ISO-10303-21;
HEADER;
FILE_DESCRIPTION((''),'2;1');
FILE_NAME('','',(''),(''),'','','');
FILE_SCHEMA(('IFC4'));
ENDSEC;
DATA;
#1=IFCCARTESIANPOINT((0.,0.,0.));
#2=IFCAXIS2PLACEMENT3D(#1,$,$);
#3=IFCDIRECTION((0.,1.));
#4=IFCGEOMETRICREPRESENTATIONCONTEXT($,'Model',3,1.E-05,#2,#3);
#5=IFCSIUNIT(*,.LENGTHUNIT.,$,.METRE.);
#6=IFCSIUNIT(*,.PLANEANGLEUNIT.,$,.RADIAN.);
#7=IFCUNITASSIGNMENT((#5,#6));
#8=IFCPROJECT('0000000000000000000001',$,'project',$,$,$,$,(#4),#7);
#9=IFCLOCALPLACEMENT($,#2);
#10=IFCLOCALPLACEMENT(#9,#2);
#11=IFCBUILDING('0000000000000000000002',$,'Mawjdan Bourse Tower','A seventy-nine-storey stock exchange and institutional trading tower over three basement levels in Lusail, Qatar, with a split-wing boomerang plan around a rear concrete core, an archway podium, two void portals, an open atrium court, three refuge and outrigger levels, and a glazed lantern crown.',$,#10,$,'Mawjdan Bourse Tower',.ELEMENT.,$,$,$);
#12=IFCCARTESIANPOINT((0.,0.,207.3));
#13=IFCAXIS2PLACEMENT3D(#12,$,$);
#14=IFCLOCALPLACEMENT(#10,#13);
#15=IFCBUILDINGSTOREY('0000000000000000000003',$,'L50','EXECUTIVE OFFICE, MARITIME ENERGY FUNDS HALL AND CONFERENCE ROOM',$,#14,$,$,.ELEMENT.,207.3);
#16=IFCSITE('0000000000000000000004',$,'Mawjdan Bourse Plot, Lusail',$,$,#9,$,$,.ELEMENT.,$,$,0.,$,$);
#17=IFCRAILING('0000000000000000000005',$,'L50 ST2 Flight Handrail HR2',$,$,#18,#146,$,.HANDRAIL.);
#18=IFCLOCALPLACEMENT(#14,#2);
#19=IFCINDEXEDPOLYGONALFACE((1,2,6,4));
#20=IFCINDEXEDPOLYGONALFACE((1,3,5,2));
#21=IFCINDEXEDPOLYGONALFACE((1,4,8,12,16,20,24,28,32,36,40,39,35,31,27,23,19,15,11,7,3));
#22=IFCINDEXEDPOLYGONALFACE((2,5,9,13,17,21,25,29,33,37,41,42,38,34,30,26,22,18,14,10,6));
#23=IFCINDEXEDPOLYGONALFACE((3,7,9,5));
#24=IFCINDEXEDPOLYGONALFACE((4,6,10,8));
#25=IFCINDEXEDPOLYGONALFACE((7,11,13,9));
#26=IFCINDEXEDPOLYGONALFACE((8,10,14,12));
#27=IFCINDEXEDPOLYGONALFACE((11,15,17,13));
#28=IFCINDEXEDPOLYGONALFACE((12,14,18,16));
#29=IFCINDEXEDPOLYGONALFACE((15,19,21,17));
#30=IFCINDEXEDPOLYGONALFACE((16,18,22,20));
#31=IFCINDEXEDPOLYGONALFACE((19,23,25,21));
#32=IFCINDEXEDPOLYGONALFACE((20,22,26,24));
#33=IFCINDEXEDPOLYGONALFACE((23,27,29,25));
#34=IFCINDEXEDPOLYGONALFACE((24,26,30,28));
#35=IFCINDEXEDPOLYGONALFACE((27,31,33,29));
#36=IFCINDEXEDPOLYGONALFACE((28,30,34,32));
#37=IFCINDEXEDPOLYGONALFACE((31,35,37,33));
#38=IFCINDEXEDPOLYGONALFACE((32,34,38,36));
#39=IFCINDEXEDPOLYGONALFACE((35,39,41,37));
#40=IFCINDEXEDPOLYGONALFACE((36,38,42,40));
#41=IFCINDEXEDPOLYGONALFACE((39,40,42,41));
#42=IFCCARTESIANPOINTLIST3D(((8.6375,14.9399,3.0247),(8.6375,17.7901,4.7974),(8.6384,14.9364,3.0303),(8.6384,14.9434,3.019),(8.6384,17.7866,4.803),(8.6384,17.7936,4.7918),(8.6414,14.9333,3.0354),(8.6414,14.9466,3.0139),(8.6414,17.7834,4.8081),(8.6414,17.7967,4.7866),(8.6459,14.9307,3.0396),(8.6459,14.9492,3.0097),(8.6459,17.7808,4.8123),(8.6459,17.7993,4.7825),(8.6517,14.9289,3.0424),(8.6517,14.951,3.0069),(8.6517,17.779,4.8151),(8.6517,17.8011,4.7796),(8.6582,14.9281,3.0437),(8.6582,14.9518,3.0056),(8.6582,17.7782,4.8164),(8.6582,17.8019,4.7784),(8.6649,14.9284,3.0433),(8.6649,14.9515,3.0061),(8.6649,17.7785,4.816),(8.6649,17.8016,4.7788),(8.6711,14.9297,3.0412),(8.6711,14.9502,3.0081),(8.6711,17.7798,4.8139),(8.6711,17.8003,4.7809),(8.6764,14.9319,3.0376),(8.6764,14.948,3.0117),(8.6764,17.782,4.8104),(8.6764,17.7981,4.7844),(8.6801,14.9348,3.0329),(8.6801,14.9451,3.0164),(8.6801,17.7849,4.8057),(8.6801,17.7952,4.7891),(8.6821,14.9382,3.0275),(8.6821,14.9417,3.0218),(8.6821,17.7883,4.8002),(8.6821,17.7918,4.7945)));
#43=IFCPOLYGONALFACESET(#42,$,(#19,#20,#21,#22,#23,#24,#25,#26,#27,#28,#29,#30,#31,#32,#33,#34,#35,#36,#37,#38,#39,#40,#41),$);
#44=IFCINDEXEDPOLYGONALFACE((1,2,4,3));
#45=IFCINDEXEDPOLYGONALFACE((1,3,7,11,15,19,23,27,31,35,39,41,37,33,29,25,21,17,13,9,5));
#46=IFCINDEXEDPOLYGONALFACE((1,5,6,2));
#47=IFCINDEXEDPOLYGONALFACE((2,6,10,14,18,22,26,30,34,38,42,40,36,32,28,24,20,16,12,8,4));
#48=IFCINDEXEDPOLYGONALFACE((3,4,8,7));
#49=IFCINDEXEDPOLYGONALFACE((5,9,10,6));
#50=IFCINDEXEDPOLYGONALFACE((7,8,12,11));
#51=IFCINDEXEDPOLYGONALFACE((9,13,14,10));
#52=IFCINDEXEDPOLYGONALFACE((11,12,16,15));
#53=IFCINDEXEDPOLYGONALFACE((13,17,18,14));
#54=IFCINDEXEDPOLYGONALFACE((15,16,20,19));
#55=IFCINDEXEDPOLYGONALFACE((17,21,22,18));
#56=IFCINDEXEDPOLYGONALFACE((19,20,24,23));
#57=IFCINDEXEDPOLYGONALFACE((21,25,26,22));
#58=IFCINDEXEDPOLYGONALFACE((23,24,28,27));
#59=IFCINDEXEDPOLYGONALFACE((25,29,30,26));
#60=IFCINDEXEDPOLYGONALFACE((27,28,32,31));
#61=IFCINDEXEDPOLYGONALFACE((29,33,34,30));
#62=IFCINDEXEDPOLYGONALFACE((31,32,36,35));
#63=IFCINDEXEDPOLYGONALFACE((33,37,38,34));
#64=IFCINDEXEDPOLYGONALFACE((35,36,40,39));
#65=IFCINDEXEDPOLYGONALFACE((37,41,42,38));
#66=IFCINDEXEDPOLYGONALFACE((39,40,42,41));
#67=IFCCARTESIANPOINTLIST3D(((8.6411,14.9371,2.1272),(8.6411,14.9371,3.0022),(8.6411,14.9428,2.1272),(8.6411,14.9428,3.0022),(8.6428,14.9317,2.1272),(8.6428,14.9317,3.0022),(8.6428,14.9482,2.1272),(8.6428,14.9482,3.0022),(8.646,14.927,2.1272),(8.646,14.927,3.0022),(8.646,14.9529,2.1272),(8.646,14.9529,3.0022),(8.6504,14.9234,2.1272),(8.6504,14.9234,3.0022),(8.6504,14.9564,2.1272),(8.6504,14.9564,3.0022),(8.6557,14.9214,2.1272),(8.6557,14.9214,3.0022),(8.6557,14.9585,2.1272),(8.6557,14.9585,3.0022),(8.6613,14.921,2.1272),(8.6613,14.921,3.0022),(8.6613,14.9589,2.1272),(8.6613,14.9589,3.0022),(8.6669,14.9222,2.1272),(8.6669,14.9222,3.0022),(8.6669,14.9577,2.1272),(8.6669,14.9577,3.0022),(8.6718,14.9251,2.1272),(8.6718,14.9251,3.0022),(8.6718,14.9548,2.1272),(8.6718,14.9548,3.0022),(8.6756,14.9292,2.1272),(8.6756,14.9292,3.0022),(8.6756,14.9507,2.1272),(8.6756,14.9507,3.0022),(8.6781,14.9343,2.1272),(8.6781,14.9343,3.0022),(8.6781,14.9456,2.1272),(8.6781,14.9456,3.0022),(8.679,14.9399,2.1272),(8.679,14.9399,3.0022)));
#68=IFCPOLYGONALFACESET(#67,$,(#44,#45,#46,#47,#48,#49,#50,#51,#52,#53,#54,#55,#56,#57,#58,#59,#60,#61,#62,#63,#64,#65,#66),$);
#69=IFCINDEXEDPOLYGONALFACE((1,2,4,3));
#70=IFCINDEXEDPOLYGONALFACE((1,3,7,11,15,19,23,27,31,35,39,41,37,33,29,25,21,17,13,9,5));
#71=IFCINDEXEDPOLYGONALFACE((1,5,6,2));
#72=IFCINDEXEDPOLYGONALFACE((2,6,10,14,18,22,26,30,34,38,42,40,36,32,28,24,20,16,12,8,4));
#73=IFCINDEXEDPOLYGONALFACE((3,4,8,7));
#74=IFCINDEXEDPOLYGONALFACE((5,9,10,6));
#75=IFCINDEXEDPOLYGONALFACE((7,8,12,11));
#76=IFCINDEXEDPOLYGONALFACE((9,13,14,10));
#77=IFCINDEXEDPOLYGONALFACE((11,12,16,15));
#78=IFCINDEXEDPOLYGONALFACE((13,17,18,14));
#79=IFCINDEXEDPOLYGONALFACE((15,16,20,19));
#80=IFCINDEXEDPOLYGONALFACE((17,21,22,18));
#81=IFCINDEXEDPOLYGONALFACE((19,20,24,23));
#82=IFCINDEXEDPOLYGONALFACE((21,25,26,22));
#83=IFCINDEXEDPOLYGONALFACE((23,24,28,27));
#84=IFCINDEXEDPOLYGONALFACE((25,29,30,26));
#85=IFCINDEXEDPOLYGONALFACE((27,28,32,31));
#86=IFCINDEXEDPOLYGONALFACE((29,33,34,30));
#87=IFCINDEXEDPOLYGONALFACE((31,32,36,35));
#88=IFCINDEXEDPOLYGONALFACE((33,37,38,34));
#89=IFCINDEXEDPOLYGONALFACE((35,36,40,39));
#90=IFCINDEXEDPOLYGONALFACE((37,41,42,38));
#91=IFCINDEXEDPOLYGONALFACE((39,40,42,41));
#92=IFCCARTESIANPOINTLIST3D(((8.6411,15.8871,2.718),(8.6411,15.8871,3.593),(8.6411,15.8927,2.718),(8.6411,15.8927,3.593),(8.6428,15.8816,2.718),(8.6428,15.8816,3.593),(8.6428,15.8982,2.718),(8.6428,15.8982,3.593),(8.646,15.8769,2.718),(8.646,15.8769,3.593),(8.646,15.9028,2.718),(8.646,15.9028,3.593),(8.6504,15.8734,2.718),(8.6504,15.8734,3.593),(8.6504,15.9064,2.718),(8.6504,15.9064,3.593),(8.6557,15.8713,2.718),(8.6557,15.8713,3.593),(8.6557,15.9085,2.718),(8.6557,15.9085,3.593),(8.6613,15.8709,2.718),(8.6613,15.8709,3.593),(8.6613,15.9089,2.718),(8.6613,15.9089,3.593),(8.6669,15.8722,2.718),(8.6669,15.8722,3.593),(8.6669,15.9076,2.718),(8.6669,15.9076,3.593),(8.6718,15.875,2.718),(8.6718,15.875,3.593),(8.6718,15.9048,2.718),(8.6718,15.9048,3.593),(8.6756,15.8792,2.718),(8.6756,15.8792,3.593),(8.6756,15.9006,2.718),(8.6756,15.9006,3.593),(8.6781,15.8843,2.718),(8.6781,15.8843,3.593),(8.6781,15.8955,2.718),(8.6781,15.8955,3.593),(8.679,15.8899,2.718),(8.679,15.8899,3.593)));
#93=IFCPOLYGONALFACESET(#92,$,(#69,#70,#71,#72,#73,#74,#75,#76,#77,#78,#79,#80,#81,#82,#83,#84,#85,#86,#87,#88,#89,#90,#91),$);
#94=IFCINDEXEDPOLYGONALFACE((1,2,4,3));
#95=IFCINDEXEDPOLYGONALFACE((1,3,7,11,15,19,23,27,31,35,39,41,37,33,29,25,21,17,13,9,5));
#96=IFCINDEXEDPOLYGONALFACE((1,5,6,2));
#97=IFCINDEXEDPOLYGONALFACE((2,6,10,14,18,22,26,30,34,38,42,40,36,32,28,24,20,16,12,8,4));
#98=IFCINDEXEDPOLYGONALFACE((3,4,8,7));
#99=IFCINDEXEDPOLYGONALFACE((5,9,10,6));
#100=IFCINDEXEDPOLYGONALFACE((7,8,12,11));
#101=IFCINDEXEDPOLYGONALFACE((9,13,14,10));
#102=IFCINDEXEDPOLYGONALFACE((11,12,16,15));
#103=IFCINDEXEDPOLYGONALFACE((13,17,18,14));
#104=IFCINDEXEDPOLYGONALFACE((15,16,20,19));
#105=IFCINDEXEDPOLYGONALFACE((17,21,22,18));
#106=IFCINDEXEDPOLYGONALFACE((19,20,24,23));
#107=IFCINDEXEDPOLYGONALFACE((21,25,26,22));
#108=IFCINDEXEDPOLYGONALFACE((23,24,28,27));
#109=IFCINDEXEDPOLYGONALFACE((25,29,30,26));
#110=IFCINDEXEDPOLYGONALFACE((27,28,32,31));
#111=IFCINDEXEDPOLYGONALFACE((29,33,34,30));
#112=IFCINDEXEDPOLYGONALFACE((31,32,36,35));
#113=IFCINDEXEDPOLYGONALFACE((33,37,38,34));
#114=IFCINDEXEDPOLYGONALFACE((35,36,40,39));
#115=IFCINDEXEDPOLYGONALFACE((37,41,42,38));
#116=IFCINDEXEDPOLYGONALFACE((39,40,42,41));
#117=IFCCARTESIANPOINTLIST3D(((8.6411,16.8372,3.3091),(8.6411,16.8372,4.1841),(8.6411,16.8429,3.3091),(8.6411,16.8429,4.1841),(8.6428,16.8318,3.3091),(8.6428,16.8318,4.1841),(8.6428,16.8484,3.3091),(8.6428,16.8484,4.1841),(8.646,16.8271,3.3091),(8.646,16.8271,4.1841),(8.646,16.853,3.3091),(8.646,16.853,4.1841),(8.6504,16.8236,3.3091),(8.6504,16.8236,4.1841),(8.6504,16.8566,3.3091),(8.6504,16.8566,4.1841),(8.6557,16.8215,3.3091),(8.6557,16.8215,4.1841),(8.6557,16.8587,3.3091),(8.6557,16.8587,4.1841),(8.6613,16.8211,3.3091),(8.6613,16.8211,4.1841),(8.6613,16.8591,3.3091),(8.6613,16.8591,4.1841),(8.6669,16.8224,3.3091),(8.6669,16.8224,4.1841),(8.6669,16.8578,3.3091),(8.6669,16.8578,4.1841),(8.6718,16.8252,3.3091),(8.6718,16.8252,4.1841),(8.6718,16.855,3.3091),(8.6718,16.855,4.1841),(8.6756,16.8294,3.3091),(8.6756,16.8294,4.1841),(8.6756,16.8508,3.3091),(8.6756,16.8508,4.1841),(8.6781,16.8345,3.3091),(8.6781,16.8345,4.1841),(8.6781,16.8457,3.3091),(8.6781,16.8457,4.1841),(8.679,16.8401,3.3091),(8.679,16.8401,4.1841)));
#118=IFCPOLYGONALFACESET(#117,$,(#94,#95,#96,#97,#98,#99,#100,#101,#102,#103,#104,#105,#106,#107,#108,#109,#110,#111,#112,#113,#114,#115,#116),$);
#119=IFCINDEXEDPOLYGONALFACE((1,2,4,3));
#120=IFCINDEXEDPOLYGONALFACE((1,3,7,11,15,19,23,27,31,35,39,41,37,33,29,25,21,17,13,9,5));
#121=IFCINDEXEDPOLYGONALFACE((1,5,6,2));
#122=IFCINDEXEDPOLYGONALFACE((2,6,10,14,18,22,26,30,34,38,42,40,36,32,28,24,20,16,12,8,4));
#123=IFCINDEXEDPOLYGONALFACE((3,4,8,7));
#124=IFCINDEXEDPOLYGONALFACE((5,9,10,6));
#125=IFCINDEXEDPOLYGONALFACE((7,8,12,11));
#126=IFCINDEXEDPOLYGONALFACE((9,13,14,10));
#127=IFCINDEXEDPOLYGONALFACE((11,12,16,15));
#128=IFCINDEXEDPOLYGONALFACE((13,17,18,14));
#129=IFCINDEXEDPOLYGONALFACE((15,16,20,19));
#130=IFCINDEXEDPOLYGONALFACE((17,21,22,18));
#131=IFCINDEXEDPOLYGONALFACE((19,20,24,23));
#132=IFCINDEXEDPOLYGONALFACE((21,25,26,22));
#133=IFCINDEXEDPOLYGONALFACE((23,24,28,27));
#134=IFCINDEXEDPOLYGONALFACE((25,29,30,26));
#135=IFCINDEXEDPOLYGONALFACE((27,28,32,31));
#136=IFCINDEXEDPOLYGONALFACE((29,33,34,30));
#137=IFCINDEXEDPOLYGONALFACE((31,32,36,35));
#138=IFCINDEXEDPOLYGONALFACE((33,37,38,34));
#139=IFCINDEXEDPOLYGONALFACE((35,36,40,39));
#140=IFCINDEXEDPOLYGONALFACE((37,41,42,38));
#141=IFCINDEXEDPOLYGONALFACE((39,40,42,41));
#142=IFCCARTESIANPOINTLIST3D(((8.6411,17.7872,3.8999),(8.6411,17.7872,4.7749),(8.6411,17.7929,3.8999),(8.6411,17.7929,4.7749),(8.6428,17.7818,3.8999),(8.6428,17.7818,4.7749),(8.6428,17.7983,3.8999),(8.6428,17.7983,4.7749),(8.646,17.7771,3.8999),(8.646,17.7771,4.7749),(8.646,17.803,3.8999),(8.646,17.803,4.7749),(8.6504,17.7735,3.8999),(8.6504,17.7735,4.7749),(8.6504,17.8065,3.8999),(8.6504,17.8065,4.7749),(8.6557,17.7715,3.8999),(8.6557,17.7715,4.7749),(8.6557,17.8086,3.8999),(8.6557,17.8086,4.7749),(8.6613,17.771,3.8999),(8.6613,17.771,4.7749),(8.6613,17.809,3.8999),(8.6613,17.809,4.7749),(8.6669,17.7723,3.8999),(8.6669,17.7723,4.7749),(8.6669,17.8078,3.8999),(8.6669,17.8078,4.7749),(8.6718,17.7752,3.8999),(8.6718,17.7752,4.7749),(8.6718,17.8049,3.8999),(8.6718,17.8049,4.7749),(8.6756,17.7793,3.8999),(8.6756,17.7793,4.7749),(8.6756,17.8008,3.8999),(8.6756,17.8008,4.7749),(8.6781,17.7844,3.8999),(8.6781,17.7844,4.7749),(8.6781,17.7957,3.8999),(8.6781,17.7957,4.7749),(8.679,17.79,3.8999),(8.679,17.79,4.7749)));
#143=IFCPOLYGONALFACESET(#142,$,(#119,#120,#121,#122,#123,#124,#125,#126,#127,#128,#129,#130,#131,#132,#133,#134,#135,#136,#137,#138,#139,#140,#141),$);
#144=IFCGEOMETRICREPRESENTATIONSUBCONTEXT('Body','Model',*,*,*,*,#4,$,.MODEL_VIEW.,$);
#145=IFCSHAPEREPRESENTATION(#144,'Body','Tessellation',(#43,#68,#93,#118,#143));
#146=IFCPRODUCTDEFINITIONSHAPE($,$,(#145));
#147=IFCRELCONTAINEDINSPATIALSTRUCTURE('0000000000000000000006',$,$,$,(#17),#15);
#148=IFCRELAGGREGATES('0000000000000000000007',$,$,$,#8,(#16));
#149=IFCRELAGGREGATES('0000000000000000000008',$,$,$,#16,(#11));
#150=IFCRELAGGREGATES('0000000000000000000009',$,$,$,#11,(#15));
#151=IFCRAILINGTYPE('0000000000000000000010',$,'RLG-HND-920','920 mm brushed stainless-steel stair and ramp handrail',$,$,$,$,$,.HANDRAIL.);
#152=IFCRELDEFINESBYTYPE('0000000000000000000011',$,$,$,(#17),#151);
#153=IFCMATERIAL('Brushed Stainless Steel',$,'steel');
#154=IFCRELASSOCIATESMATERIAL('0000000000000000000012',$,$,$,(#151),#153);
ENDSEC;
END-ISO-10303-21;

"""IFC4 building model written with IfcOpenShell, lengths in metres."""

from ifc_helpers import new_model, si_unit, direction, frame, origin, origin_2d, place, context, subcontext, project, spatial, circle, extrude, material, type_object, element, save


model = new_model("IFC4")

# Units and contexts
model_context = context("Model", 3, precision=1e-05, world=origin(), true_north=direction((0.0, 1.0)))
body_context = subcontext(model_context, "Body", "Model", "MODEL_VIEW")
ifc_project = project(units=[si_unit("LENGTHUNIT", "METRE"), si_unit("PLANEANGLEUNIT", "RADIAN")], contexts=[model_context])

# Site, building, storey
site_placement = place(None, origin())
site = spatial("IfcSite", under=ifc_project, at=site_placement, Name="Mawjdan Bourse Plot, Lusail", CompositionType="ELEMENT", RefElevation=0.0)
building_placement = place(site_placement, origin())
building = spatial("IfcBuilding", under=site, at=building_placement, Name="Mawjdan Bourse Tower", Description="A seventy-nine-storey stock exchange and institutional trading tower over three basement levels in Lusail, Qatar, with a split-wing boomerang plan around a rear concrete core, an archway podium, two void portals, an open atrium court, three refuge and outrigger levels, and a glazed lantern crown.", LongName="Mawjdan Bourse Tower", CompositionType="ELEMENT")
storey_placement = place(building_placement, frame((0.0, 0.0, 207.3)))
storey = spatial("IfcBuildingStorey", under=building, at=storey_placement, Name="L50", Description="EXECUTIVE OFFICE, MARITIME ENERGY FUNDS HALL AND CONFERENCE ROOM", CompositionType="ELEMENT", Elevation=207.3)

# Railing
ifc_material_1 = material(Name="Brushed Stainless Steel", Category="steel")
railing_type_1 = type_object("IfcRailingType", Name="RLG-HND-920", Description="920 mm brushed stainless-steel stair and ramp handrail", PredefinedType="HANDRAIL", material=ifc_material_1)
for number, where, name in (
    (1, (8.6599, 14.9399, 2.1272), "L50 ST2 Flight Handrail HR2"),
):
    element("IfcRailing", number, at=place(storey_placement, frame(where)), inside=storey, type_object=railing_type_1, Name=name, PredefinedType="HANDRAIL", context=body_context, shape_type="SweptSolid", body=[
        extrude(circle(Radius=0.0225, at=origin_2d()), frame((0.0, 0.0, 0.8975), z_axis=(0.0, 0.849149, 0.528154), x_axis=(-1.0, 0.0, 0.0)), (0.0, 0.0, 1.0), 3.3564),
        extrude(circle(Radius=0.019, at=origin_2d()), origin(), (0.0, 0.0, 1.0), 0.875),
        extrude(circle(Radius=0.019, at=origin_2d()), frame((0.0, 0.95, 0.5908)), (0.0, 0.0, 1.0), 0.875),
        extrude(circle(Radius=0.019, at=origin_2d()), frame((0.0, 1.9001, 1.1819)), (0.0, 0.0, 1.0), 0.875),
        extrude(circle(Radius=0.019, at=origin_2d()), frame((0.0, 2.8501, 1.7727)), (0.0, 0.0, 1.0), 0.875),
    ])

save(model, "model.ifc")
